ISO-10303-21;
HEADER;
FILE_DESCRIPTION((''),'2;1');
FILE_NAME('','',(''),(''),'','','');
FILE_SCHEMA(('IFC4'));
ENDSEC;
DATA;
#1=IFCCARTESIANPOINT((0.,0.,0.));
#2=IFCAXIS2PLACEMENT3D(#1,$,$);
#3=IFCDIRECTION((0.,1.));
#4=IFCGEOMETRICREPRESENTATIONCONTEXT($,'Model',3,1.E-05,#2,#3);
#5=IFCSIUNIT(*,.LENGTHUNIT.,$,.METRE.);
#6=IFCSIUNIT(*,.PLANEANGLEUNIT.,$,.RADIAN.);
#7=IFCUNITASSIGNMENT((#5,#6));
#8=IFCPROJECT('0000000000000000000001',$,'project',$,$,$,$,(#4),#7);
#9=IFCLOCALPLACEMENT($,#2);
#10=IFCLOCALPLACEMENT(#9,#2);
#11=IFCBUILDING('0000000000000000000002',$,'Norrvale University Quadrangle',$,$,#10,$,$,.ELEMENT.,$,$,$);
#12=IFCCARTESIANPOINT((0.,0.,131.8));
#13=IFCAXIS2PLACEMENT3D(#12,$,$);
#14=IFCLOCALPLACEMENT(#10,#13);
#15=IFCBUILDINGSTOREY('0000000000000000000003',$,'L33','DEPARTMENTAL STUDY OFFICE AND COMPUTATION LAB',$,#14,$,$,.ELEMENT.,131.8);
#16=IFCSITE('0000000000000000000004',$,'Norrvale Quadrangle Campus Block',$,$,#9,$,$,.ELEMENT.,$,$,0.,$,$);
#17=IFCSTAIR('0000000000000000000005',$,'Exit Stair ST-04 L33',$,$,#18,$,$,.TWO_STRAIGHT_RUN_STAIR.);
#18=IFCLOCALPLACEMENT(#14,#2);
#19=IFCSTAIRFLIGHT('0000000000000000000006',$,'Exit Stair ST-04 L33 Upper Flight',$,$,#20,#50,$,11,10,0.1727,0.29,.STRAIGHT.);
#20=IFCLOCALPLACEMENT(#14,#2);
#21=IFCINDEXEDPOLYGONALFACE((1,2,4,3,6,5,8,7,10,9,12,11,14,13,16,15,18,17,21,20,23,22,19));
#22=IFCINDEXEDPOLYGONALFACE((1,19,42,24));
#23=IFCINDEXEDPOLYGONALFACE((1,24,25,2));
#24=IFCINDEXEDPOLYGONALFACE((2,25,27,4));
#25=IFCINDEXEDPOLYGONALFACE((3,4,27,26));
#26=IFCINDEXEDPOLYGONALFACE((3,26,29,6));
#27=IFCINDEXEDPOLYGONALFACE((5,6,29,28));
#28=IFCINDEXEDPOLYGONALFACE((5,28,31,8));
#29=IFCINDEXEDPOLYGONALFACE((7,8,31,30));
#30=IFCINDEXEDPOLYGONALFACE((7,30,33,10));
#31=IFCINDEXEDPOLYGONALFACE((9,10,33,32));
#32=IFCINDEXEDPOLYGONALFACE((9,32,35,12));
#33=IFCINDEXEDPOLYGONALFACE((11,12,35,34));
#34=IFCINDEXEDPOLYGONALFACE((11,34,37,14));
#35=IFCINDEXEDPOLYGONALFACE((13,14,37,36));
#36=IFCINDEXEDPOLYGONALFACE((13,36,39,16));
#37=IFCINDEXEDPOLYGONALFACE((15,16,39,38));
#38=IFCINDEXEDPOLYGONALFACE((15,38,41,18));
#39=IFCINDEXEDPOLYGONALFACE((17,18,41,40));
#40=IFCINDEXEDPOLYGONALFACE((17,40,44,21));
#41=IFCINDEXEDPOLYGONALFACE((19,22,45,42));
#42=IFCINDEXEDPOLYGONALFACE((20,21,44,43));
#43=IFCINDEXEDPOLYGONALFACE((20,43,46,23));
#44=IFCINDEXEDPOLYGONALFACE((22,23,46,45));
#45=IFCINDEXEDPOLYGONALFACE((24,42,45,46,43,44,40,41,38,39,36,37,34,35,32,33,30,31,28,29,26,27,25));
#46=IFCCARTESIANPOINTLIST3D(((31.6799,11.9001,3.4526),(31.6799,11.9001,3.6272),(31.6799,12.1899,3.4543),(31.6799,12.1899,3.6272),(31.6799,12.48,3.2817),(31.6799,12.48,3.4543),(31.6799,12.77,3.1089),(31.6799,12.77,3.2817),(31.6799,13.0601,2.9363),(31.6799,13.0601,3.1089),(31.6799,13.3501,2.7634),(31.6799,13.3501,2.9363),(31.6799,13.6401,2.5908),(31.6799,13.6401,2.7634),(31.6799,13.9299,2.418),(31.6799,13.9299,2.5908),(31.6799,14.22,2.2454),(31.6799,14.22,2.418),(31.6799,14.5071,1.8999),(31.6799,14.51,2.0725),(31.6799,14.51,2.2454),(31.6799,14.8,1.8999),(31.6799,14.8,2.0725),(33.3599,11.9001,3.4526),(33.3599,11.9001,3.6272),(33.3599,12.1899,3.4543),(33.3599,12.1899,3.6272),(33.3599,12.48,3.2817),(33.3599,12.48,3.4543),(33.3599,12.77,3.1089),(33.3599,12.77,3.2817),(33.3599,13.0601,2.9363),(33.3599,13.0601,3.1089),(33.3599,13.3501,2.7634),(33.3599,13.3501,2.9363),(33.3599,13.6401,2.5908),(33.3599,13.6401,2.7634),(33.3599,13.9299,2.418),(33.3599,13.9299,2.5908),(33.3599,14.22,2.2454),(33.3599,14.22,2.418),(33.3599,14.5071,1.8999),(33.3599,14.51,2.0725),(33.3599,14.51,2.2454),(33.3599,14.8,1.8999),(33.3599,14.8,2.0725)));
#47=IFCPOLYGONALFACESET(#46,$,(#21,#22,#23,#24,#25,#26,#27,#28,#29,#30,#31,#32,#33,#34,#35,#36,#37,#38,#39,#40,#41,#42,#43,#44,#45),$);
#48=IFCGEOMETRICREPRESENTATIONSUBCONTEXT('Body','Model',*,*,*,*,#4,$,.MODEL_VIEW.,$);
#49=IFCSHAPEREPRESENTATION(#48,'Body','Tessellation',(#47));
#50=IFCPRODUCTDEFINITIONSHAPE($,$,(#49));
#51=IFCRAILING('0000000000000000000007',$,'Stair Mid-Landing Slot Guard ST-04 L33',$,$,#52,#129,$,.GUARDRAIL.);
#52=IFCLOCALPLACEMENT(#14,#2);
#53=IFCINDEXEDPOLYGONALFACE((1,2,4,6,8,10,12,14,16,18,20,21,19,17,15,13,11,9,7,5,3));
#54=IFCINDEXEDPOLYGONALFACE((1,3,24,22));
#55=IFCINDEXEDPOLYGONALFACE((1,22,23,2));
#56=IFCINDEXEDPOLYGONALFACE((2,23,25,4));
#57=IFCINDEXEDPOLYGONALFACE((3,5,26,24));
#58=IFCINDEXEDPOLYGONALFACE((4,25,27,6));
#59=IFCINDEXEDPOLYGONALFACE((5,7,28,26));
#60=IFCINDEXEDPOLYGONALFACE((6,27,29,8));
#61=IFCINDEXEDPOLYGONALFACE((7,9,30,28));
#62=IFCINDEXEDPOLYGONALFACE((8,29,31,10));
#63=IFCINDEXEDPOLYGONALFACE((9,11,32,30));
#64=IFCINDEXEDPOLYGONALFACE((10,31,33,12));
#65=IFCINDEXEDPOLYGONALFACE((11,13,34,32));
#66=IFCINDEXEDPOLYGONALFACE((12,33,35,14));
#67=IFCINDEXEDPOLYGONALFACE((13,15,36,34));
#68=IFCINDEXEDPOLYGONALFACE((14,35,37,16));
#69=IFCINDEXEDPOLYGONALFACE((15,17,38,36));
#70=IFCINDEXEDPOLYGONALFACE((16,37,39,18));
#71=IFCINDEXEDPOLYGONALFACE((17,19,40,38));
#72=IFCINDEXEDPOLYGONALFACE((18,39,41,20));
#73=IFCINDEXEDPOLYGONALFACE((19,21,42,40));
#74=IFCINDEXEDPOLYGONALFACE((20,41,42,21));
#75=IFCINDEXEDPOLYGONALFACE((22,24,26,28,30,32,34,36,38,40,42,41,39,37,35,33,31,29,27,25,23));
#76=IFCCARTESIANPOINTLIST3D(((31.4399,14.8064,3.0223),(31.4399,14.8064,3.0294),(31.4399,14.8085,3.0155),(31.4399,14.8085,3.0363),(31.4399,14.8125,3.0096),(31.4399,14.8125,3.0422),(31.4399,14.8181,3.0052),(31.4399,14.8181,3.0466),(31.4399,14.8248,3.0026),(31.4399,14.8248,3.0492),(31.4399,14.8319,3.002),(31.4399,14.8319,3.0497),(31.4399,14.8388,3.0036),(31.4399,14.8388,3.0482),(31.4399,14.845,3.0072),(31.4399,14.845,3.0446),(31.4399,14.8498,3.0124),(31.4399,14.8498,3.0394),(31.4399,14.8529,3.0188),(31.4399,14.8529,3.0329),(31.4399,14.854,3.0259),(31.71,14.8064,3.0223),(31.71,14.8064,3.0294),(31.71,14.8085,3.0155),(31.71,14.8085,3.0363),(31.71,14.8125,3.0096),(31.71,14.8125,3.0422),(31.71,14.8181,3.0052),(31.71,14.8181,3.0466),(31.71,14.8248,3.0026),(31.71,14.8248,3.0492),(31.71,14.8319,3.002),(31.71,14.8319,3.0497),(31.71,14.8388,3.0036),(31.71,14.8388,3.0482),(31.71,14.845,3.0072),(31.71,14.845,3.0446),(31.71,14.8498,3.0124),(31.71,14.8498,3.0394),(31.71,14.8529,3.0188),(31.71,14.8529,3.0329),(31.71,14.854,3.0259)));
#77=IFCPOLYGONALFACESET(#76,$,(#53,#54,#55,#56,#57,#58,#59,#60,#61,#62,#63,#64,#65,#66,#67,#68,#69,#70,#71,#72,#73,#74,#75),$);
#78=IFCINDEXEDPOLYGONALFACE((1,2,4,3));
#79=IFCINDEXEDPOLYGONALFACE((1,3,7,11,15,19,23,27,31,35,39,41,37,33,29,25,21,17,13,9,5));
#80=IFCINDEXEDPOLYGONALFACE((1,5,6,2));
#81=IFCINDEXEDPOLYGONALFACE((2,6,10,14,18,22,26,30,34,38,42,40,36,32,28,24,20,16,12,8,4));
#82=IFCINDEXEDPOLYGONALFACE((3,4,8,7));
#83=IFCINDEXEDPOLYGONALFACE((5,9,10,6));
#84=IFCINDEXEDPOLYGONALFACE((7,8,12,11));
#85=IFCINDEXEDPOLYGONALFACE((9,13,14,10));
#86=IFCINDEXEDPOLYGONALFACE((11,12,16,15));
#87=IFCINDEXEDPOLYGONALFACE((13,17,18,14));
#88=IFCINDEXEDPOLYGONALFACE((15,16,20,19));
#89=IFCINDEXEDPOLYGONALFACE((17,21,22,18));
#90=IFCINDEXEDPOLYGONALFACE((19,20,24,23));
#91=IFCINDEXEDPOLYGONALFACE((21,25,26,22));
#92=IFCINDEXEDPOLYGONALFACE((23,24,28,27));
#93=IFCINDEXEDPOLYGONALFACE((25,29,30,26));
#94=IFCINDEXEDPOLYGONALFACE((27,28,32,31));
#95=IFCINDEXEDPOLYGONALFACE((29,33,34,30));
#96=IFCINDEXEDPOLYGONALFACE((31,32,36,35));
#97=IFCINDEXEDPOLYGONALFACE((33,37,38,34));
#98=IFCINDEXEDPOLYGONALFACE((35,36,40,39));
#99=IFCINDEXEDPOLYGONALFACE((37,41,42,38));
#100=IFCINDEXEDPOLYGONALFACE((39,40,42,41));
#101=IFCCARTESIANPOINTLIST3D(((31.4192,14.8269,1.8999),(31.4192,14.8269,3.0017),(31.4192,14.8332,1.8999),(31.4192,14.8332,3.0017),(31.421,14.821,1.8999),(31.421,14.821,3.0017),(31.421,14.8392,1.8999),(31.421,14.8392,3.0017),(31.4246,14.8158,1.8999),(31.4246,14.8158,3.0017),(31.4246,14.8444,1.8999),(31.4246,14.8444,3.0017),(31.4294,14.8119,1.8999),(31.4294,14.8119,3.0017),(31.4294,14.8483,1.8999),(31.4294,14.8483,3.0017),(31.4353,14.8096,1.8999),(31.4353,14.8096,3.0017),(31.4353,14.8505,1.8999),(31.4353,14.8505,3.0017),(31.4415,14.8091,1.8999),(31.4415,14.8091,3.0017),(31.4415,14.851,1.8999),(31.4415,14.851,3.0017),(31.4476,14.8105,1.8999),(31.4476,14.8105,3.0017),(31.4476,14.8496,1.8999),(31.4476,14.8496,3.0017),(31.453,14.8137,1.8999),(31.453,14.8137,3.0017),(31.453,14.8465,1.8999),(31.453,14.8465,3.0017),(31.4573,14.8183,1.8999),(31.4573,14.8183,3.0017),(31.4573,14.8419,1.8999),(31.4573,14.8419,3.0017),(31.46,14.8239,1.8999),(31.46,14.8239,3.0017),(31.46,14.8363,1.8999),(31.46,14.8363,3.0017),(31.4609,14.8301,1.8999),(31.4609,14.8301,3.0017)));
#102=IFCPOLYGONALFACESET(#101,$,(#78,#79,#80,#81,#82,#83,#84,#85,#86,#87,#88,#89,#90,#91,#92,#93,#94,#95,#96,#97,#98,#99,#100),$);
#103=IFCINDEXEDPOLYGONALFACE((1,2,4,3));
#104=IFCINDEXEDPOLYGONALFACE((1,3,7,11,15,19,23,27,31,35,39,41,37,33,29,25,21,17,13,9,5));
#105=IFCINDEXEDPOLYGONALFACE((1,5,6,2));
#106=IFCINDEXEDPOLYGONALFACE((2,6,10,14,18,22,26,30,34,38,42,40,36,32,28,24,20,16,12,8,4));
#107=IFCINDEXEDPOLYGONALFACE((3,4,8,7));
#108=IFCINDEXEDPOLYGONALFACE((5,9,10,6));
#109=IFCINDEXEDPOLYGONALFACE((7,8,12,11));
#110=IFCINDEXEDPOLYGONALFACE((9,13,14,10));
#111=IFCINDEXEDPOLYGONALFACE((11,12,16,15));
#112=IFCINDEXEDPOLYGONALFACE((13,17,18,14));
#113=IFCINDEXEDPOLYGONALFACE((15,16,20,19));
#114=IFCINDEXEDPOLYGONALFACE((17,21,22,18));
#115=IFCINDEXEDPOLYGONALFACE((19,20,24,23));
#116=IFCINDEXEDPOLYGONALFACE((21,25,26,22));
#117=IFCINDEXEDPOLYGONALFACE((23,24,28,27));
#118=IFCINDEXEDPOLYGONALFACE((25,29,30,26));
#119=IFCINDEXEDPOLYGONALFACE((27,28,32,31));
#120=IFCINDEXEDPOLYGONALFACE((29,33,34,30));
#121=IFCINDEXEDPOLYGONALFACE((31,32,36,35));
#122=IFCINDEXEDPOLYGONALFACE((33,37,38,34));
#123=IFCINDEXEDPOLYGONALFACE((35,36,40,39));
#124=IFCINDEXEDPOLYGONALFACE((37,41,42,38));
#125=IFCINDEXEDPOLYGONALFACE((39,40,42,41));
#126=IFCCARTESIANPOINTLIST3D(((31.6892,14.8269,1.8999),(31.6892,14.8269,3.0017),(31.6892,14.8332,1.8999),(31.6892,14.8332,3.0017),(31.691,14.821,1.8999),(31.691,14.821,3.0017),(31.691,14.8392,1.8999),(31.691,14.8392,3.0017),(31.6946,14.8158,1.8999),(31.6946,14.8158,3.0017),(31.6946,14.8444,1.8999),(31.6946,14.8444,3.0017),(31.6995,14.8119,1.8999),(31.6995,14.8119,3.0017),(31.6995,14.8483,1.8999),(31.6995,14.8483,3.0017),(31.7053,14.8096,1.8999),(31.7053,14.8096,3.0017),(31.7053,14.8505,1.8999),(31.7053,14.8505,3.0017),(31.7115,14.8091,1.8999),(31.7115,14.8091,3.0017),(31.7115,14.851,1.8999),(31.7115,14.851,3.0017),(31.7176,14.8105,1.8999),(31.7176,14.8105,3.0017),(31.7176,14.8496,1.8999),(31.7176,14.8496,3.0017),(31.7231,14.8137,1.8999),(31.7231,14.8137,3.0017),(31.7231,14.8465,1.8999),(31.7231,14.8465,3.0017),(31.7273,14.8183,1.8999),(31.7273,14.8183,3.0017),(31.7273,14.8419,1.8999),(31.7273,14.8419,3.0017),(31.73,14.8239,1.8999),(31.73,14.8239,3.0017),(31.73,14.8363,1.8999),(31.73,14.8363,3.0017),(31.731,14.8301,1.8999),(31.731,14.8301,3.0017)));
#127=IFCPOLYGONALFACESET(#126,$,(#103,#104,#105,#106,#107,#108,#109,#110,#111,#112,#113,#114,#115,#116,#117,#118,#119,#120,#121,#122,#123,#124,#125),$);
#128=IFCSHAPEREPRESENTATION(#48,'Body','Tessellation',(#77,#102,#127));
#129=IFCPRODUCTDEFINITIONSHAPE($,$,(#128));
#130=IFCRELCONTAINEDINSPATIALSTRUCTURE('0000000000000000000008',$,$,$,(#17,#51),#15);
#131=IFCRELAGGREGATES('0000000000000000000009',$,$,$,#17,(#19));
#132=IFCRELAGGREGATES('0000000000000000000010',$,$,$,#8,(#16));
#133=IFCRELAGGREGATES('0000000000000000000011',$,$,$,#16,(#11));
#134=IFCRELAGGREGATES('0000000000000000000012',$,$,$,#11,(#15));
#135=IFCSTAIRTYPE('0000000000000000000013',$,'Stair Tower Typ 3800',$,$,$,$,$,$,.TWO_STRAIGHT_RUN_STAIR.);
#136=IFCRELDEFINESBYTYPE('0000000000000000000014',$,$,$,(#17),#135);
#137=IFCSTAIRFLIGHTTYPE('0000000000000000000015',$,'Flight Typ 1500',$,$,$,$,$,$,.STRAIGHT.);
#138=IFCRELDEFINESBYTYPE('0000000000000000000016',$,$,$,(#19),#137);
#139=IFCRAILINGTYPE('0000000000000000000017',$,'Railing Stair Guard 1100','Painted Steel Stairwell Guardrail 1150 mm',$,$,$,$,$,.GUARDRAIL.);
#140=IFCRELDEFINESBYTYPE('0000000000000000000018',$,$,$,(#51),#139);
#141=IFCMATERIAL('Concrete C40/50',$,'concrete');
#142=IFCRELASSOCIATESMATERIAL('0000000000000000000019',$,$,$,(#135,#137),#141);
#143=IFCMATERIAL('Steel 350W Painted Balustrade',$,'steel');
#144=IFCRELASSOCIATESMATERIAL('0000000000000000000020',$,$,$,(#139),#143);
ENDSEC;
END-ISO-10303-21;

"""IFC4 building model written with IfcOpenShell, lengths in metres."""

from ifc_helpers import new_model, si_unit, direction, frame, origin, origin_2d, place, context, subcontext, project, spatial, polyline, circle, outline, extrude, material, type_object, element, aggregate, save


model = new_model("IFC4")

# Units and contexts
model_context = context("Model", 3, precision=1e-05, world=origin(), true_north=direction((0.0, 1.0)))
body_context = subcontext(model_context, "Body", "Model", "MODEL_VIEW")
ifc_project = project(units=[si_unit("LENGTHUNIT", "METRE"), si_unit("PLANEANGLEUNIT", "RADIAN")], contexts=[model_context])

# Site, building, storey
site_placement = place(None, origin())
site = spatial("IfcSite", under=ifc_project, at=site_placement, Name="Norrvale Quadrangle Campus Block", CompositionType="ELEMENT", RefElevation=0.0)
building_placement = place(site_placement, origin())
building = spatial("IfcBuilding", under=site, at=building_placement, Name="Norrvale University Quadrangle", CompositionType="ELEMENT")
storey_placement = place(building_placement, frame((0.0, 0.0, 131.8)))
storey = spatial("IfcBuildingStorey", under=building, at=storey_placement, Name="L33", Description="DEPARTMENTAL STUDY OFFICE AND COMPUTATION LAB", CompositionType="ELEMENT", Elevation=131.8)

# Stair, stair flight
ifc_material_1 = material(Name="Concrete C40/50", Category="concrete")
stair_type = type_object("IfcStairType", Name="Stair Tower Typ 3800", PredefinedType="TWO_STRAIGHT_RUN_STAIR", material=ifc_material_1)
stair_placement = place(storey_placement, origin())
stair = element("IfcStair", 1, at=stair_placement, inside=storey, type_object=stair_type, Name="Exit Stair ST-04 L33", PredefinedType="TWO_STRAIGHT_RUN_STAIR")
stair_flight_type = type_object("IfcStairFlightType", Name="Flight Typ 1500", PredefinedType="STRAIGHT", material=ifc_material_1)
stair_flight_placement = place(storey_placement, frame((32.52, 14.8, 1.8999), z_axis=(0.0, 0.0, 1.0), x_axis=(0.0, -1.0, 0.0)))
stair_flight = element("IfcStairFlight", 2, at=stair_flight_placement, type_object=stair_flight_type, Name="Exit Stair ST-04 L33 Upper Flight", NumberOfRisers=11, NumberOfTreads=10, PredefinedType="STRAIGHT", RiserHeight=0.1727, TreadLength=0.29, context=body_context, shape_type="SweptSolid", body=[
    extrude(outline(polyline([(0.0, 0.0), (0.0, 0.1726), (0.29, 0.1726), (0.29, 0.3455), (0.5801, 0.3455), (0.5801, 0.5181), (0.8701, 0.5181), (0.8701, 0.6909), (1.1599, 0.6909), (1.1599, 0.8635), (1.45, 0.8635), (1.45, 1.0364), (1.74, 1.0364), (1.74, 1.209), (2.03, 1.209), (2.03, 1.3818), (2.3201, 1.3818), (2.3201, 1.5544), (2.6101, 1.5544), (2.6101, 1.7273), (2.8999, 1.7273), (2.8999, 1.8999), (2.8999, 1.5527), (0.293, 0.0), (0.0, 0.0)])), frame((0.0, 0.8398, 0.0), z_axis=(0.0, -1.0, 0.0), x_axis=(1.0, 0.0, 0.0)), (0.0, 0.0, 1.0), 1.6799),
])
aggregate(stair, [stair_flight])

# Railing
ifc_material_2 = material(Name="Steel 350W Painted Balustrade", Category="steel")
railing_type_1 = type_object("IfcRailingType", Name="Railing Stair Guard 1100", Description="Painted Steel Stairwell Guardrail 1150 mm", PredefinedType="GUARDRAIL", material=ifc_material_2)
railing_1_placement = place(storey_placement, frame((31.4399, 14.8301, 1.8999)))
element("IfcRailing", 3, at=railing_1_placement, inside=storey, type_object=railing_type_1, Name="Stair Mid-Landing Slot Guard ST-04 L33", PredefinedType="GUARDRAIL", context=body_context, shape_type="SweptSolid", body=[
    extrude(circle(Radius=0.0239, at=origin_2d()), frame((0.0, 0.0, 1.126), z_axis=(1.0, 0.0, 0.0), x_axis=(0.0, 1.0, 0.0)), (0.0, 0.0, 1.0), 0.27),
    extrude(circle(Radius=0.021, at=origin_2d()), origin(), (0.0, 0.0, 1.0), 1.1018),
    extrude(circle(Radius=0.021, at=origin_2d()), frame((0.27, 0.0, 0.0)), (0.0, 0.0, 1.0), 1.1018),
])

save(model, "model.ifc")
